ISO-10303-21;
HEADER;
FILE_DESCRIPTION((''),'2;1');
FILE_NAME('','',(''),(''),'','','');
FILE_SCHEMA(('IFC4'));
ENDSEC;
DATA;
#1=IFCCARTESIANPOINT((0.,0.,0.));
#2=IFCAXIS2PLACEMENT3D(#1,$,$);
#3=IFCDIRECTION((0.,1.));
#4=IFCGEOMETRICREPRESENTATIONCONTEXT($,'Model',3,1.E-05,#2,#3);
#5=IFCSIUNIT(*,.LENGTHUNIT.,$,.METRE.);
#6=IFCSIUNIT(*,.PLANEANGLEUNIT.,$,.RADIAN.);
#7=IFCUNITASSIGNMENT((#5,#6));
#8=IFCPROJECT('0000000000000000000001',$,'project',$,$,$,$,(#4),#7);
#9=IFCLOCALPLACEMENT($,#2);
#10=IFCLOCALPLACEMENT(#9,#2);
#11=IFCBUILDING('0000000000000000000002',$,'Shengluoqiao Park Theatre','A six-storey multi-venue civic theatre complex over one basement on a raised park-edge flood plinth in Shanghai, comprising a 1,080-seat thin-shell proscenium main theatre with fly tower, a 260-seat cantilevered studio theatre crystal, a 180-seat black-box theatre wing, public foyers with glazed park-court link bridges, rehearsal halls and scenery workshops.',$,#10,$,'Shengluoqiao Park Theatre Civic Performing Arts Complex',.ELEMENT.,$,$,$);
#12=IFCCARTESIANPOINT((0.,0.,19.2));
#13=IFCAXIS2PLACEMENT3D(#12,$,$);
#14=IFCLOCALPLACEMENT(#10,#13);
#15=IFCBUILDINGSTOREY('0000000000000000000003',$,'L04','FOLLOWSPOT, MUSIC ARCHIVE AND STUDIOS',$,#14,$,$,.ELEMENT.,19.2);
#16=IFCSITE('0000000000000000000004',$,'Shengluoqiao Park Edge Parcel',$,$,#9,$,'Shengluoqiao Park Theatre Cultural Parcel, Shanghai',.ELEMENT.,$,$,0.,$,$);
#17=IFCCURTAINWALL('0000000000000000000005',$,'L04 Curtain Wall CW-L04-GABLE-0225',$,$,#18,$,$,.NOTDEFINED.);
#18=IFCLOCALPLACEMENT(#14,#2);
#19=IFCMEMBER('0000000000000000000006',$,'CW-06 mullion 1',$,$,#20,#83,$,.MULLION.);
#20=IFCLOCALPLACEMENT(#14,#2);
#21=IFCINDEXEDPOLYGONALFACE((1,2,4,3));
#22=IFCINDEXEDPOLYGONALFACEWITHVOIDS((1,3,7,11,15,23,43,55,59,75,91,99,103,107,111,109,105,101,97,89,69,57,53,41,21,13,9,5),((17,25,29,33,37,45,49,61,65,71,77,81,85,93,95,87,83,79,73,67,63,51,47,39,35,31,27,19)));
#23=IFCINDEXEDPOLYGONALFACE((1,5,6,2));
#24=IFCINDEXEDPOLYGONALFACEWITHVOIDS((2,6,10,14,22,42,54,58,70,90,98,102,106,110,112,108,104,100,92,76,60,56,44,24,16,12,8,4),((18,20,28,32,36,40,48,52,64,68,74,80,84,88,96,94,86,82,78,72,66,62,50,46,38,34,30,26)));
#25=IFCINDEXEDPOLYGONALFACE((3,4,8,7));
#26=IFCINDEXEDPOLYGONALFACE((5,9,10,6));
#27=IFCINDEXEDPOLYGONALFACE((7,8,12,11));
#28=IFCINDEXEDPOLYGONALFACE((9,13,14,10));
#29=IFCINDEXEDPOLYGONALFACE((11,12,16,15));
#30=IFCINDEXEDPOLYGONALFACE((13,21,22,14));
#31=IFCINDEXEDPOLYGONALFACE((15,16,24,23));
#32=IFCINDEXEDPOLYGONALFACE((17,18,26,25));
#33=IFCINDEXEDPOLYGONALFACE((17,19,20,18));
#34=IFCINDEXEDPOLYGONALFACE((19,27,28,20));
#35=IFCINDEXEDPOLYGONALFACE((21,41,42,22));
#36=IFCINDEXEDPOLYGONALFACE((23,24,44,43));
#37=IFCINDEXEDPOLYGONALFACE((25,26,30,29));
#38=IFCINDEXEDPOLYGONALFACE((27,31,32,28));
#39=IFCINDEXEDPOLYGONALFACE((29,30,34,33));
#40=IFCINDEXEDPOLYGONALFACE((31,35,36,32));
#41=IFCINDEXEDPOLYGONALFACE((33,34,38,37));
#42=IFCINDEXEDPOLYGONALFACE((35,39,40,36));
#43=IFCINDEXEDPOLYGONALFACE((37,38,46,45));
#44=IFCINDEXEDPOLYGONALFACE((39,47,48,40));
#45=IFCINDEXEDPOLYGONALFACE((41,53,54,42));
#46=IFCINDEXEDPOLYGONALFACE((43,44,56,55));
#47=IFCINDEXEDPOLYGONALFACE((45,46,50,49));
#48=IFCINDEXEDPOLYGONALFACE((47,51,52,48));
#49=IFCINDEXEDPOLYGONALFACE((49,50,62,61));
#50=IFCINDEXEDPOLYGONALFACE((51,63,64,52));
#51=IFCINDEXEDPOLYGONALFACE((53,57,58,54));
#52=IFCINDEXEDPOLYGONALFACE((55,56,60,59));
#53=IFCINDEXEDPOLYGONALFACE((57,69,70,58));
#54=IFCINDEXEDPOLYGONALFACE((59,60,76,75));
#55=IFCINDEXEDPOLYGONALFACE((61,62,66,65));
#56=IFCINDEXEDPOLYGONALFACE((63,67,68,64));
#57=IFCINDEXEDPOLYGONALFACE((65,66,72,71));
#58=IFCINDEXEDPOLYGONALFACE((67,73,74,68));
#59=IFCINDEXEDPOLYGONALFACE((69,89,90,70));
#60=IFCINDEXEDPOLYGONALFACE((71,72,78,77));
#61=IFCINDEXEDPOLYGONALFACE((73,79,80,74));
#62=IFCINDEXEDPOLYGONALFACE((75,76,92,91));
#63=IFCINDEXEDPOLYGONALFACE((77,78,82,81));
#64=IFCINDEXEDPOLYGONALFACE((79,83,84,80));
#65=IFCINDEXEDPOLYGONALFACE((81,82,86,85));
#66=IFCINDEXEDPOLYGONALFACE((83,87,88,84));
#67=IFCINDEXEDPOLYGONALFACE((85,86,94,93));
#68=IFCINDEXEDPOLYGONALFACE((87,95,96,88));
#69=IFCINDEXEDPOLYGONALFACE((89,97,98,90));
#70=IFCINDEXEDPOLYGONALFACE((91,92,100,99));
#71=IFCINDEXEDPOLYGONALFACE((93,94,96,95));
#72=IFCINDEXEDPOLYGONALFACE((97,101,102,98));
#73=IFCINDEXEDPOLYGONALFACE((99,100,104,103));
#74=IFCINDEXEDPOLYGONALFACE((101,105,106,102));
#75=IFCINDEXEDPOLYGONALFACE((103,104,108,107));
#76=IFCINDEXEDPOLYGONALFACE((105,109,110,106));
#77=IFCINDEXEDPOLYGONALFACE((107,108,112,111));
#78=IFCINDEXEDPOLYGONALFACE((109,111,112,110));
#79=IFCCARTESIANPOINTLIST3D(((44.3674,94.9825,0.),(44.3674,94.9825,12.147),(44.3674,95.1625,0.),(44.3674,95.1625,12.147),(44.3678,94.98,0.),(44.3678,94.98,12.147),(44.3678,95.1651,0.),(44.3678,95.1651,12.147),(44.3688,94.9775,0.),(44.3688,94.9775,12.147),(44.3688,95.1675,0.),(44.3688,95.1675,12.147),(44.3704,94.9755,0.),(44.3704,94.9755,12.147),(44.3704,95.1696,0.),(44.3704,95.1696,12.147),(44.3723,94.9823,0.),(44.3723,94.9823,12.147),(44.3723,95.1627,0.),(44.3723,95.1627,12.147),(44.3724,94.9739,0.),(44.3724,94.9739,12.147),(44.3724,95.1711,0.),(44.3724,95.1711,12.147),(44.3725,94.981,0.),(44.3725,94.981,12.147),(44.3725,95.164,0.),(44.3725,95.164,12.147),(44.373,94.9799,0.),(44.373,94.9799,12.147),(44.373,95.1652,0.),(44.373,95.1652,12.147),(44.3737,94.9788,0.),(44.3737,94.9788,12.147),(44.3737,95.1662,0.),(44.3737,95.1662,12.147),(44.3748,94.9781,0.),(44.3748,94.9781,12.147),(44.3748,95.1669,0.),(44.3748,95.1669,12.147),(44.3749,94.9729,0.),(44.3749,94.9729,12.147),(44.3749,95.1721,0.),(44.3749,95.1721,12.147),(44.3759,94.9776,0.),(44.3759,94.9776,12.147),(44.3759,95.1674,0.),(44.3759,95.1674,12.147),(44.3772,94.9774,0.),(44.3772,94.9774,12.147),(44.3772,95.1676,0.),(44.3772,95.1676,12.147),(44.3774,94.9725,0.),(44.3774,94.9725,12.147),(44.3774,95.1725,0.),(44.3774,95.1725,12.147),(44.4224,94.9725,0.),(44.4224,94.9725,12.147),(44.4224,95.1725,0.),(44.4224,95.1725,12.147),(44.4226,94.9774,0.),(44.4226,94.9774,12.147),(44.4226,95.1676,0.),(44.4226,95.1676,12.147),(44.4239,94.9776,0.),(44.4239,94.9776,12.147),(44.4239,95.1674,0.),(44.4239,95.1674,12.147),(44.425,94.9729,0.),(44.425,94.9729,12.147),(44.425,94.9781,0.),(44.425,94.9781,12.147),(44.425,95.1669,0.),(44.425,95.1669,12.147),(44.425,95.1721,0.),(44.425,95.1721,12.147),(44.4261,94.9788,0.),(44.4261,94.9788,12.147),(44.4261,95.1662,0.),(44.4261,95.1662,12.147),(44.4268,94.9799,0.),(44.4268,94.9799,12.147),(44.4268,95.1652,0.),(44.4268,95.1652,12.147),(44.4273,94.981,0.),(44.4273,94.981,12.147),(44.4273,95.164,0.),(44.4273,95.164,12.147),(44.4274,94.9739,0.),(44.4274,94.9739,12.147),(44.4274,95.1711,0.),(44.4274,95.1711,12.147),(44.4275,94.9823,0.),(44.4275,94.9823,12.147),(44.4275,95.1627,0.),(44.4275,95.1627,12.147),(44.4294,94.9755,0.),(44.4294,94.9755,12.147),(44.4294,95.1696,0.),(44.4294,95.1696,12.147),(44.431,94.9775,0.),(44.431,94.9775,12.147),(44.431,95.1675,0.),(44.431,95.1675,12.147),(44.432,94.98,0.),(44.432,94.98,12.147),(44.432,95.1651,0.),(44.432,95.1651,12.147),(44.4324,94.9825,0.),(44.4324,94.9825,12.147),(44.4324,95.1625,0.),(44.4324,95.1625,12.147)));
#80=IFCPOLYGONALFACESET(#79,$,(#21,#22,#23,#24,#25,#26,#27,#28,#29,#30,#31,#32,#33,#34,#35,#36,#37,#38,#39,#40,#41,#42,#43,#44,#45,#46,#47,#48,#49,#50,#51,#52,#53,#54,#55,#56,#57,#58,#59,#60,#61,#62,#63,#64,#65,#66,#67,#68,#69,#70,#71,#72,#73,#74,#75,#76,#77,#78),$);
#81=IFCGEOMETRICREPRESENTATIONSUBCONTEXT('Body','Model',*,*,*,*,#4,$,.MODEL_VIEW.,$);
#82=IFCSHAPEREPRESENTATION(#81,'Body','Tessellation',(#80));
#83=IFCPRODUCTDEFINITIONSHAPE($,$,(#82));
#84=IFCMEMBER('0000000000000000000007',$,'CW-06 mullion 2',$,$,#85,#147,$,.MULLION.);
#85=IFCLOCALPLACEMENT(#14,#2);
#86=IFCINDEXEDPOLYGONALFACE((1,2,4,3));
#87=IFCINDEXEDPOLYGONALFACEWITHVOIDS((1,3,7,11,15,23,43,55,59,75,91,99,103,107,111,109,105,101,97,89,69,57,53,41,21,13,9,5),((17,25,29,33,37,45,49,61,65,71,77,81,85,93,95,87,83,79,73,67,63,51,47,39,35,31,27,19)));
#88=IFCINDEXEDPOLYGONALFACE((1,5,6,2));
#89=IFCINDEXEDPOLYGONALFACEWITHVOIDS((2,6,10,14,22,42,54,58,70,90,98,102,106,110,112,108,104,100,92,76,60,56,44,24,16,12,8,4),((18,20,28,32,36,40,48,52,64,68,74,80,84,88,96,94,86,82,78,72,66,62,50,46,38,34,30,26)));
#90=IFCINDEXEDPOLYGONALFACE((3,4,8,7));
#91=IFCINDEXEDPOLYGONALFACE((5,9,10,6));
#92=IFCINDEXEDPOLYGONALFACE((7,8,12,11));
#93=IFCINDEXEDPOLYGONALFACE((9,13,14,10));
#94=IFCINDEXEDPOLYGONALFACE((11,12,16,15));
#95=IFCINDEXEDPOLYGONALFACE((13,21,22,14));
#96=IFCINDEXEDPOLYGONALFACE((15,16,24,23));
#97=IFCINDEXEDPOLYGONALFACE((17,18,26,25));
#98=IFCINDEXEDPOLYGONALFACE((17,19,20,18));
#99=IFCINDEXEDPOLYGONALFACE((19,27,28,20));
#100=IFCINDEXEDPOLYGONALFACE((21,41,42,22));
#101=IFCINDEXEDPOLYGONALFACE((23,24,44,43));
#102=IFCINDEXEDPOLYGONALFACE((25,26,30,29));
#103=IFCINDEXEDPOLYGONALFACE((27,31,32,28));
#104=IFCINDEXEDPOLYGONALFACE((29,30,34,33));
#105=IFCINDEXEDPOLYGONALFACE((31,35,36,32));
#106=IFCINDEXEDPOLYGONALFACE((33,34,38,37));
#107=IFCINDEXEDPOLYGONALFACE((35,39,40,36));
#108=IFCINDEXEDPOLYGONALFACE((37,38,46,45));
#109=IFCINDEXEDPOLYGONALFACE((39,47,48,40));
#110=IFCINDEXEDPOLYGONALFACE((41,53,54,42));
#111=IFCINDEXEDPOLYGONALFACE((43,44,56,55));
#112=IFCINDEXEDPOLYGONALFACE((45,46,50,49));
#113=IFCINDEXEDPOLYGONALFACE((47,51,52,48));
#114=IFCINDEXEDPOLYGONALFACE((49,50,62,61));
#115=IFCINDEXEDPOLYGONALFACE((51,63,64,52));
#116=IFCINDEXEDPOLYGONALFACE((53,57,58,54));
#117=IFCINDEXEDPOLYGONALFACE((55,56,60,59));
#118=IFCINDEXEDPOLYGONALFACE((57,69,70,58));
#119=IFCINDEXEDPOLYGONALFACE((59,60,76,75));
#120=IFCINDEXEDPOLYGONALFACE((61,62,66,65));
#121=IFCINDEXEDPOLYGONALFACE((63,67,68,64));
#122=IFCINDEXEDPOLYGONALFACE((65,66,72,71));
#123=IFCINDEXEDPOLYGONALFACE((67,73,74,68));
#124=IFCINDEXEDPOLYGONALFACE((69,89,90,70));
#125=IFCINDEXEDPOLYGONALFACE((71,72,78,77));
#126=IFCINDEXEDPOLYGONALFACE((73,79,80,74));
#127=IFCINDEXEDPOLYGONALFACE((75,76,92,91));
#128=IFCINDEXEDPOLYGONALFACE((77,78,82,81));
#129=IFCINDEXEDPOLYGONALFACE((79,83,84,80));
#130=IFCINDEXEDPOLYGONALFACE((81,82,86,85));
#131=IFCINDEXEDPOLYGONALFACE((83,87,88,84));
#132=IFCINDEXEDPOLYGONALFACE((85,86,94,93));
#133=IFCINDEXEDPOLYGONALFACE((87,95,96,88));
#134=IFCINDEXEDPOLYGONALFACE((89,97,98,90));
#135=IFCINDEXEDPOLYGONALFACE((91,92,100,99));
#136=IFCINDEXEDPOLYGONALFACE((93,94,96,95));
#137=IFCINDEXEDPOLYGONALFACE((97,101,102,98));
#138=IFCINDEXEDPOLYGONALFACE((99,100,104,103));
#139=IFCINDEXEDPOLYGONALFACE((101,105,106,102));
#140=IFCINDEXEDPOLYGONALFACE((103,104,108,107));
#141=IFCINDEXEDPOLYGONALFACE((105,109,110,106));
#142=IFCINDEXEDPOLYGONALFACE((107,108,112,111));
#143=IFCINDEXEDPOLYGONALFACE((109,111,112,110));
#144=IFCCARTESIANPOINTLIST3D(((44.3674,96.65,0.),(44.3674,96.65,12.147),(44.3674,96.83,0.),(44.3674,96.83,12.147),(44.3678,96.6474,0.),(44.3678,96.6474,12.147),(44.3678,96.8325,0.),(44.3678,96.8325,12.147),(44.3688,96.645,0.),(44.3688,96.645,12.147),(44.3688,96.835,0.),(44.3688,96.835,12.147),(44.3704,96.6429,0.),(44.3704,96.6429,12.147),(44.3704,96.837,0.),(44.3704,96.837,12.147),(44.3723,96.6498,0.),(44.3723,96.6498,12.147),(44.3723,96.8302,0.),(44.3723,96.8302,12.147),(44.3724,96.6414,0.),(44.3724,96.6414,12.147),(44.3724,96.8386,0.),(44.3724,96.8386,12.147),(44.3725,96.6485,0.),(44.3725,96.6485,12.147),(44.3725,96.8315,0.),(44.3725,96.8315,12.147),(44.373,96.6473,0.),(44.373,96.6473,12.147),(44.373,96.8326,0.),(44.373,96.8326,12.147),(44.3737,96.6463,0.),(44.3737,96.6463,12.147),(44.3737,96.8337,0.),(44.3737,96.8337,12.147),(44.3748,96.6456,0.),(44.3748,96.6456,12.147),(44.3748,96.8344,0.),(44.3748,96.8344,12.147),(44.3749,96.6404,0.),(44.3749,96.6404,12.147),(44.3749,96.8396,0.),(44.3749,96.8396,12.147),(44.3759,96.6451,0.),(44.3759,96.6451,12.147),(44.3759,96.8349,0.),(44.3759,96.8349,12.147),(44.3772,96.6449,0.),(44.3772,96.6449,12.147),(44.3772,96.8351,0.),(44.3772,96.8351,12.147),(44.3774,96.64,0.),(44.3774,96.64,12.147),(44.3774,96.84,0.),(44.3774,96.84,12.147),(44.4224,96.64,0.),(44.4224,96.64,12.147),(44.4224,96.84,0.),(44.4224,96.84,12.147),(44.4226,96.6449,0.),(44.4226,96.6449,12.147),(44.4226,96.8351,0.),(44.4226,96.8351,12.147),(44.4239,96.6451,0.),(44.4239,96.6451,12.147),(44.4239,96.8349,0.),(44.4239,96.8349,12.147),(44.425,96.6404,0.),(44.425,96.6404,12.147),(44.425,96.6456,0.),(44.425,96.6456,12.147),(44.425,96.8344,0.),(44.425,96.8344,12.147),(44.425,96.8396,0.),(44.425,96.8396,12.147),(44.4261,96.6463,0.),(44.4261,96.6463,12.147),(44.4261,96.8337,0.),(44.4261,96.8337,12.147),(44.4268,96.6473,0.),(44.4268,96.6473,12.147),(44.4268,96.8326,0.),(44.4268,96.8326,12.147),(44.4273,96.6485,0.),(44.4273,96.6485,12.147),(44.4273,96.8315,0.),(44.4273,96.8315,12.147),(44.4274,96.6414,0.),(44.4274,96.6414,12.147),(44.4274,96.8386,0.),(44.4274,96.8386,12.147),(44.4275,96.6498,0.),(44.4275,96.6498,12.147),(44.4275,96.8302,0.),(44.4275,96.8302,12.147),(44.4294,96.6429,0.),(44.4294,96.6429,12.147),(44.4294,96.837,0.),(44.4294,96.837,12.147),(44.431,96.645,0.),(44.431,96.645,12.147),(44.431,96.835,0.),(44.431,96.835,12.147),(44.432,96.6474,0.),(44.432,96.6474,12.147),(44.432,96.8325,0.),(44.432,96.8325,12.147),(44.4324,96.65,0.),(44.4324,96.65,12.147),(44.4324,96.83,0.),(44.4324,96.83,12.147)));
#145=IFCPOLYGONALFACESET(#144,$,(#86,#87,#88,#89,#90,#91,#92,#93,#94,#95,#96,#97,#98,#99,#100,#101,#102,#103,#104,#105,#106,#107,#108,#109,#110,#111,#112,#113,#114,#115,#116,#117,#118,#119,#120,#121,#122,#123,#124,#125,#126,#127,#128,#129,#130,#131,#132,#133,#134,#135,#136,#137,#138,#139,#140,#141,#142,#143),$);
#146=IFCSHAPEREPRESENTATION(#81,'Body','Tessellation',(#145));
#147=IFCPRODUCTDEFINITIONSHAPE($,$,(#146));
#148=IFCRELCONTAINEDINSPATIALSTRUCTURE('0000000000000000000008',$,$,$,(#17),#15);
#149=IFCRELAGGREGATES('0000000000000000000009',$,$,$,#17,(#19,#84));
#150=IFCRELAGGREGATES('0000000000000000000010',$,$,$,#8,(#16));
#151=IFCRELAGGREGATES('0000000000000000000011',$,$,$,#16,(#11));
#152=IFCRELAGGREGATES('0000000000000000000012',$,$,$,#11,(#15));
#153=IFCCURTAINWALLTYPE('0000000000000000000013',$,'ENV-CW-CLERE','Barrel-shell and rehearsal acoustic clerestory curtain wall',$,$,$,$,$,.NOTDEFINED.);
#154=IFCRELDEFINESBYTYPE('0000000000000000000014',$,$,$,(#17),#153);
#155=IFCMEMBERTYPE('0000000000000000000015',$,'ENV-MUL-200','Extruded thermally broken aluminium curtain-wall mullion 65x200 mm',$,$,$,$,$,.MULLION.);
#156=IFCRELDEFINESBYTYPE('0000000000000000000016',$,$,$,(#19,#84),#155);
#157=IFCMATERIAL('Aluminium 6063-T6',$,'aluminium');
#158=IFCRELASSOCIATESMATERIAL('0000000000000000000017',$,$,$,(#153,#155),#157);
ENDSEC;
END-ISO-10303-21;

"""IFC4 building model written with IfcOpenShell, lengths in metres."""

from ifc_helpers import new_model, si_unit, direction, frame, origin, origin_2d, place, context, subcontext, project, spatial, hollow_rectangle, extrude, material, material_profile, profile_set, type_object, element, aggregate, save


model = new_model("IFC4")

# Units and contexts
model_context = context("Model", 3, precision=1e-05, world=origin(), true_north=direction((0.0, 1.0)))
body_context = subcontext(model_context, "Body", "Model", "MODEL_VIEW")
ifc_project = project(units=[si_unit("LENGTHUNIT", "METRE"), si_unit("PLANEANGLEUNIT", "RADIAN")], contexts=[model_context])

# Site, building, storey
site_placement = place(None, origin())
site = spatial("IfcSite", under=ifc_project, at=site_placement, Name="Shengluoqiao Park Edge Parcel", LongName="Shengluoqiao Park Theatre Cultural Parcel, Shanghai", CompositionType="ELEMENT", RefElevation=0.0)
building_placement = place(site_placement, origin())
building = spatial("IfcBuilding", under=site, at=building_placement, Name="Shengluoqiao Park Theatre", Description="A six-storey multi-venue civic theatre complex over one basement on a raised park-edge flood plinth in Shanghai, comprising a 1,080-seat thin-shell proscenium main theatre with fly tower, a 260-seat cantilevered studio theatre crystal, a 180-seat black-box theatre wing, public foyers with glazed park-court link bridges, rehearsal halls and scenery workshops.", LongName="Shengluoqiao Park Theatre Civic Performing Arts Complex", CompositionType="ELEMENT")
storey_placement = place(building_placement, frame((0.0, 0.0, 19.2)))
storey = spatial("IfcBuildingStorey", under=building, at=storey_placement, Name="L04", Description="FOLLOWSPOT, MUSIC ARCHIVE AND STUDIOS", CompositionType="ELEMENT", Elevation=19.2)

# Curtain wall, members
ifc_material_1 = material(Name="Aluminium 6063-T6", Category="aluminium")
curtain_wall_type = type_object("IfcCurtainWallType", Name="ENV-CW-CLERE", Description="Barrel-shell and rehearsal acoustic clerestory curtain wall", PredefinedType="NOTDEFINED", material=ifc_material_1)
ifc_material_profile_1 = material_profile(ifc_material_1, hollow_rectangle(XDim=0.0649, YDim=0.2, WallThickness=0.0049, InnerFilletRadius=0.0049, OuterFilletRadius=0.01, at=origin_2d()), Name="ALU MULLION 200x65x5")
ifc_profile_set_1 = profile_set([ifc_material_profile_1], Name="Aluminium 6063-T6")
member_type_1 = type_object("IfcMemberType", Name="ENV-MUL-200", Description="Extruded thermally broken aluminium curtain-wall mullion 65x200 mm", PredefinedType="MULLION", material=ifc_profile_set_1)
curtain_wall_1_placement = place(storey_placement, origin())
curtain_wall_1 = element("IfcCurtainWall", 1, at=curtain_wall_1_placement, inside=storey, type_object=curtain_wall_type, Name="L04 Curtain Wall CW-L04-GABLE-0225", PredefinedType="NOTDEFINED")
member_1_placement = place(storey_placement, frame((44.3999, 95.0725, 0.0), z_axis=(0.0, 0.0, 1.0), x_axis=(-1.0, 0.0, 0.0)))
member_1 = element("IfcMember", 2, at=member_1_placement, type_object=member_type_1, Name="CW-06 mullion 1", PredefinedType="MULLION", context=body_context, shape_type="SweptSolid", body=[
    extrude(hollow_rectangle(XDim=0.0649, YDim=0.2, WallThickness=0.0049, InnerFilletRadius=0.0049, OuterFilletRadius=0.01, at=origin_2d()), origin(), (0.0, 0.0, 1.0), 12.147),
])
member_2_placement = place(storey_placement, frame((44.3999, 96.74, 0.0), z_axis=(0.0, 0.0, 1.0), x_axis=(-1.0, 0.0, 0.0)))
member_2 = element("IfcMember", 3, at=member_2_placement, type_object=member_type_1, Name="CW-06 mullion 2", PredefinedType="MULLION", context=body_context, shape_type="SweptSolid", body=[
    extrude(hollow_rectangle(XDim=0.0649, YDim=0.2, WallThickness=0.0049, InnerFilletRadius=0.0049, OuterFilletRadius=0.01, at=origin_2d()), origin(), (0.0, 0.0, 1.0), 12.147),
])

aggregate(curtain_wall_1, [member_1, member_2])

save(model, "model.ifc")
